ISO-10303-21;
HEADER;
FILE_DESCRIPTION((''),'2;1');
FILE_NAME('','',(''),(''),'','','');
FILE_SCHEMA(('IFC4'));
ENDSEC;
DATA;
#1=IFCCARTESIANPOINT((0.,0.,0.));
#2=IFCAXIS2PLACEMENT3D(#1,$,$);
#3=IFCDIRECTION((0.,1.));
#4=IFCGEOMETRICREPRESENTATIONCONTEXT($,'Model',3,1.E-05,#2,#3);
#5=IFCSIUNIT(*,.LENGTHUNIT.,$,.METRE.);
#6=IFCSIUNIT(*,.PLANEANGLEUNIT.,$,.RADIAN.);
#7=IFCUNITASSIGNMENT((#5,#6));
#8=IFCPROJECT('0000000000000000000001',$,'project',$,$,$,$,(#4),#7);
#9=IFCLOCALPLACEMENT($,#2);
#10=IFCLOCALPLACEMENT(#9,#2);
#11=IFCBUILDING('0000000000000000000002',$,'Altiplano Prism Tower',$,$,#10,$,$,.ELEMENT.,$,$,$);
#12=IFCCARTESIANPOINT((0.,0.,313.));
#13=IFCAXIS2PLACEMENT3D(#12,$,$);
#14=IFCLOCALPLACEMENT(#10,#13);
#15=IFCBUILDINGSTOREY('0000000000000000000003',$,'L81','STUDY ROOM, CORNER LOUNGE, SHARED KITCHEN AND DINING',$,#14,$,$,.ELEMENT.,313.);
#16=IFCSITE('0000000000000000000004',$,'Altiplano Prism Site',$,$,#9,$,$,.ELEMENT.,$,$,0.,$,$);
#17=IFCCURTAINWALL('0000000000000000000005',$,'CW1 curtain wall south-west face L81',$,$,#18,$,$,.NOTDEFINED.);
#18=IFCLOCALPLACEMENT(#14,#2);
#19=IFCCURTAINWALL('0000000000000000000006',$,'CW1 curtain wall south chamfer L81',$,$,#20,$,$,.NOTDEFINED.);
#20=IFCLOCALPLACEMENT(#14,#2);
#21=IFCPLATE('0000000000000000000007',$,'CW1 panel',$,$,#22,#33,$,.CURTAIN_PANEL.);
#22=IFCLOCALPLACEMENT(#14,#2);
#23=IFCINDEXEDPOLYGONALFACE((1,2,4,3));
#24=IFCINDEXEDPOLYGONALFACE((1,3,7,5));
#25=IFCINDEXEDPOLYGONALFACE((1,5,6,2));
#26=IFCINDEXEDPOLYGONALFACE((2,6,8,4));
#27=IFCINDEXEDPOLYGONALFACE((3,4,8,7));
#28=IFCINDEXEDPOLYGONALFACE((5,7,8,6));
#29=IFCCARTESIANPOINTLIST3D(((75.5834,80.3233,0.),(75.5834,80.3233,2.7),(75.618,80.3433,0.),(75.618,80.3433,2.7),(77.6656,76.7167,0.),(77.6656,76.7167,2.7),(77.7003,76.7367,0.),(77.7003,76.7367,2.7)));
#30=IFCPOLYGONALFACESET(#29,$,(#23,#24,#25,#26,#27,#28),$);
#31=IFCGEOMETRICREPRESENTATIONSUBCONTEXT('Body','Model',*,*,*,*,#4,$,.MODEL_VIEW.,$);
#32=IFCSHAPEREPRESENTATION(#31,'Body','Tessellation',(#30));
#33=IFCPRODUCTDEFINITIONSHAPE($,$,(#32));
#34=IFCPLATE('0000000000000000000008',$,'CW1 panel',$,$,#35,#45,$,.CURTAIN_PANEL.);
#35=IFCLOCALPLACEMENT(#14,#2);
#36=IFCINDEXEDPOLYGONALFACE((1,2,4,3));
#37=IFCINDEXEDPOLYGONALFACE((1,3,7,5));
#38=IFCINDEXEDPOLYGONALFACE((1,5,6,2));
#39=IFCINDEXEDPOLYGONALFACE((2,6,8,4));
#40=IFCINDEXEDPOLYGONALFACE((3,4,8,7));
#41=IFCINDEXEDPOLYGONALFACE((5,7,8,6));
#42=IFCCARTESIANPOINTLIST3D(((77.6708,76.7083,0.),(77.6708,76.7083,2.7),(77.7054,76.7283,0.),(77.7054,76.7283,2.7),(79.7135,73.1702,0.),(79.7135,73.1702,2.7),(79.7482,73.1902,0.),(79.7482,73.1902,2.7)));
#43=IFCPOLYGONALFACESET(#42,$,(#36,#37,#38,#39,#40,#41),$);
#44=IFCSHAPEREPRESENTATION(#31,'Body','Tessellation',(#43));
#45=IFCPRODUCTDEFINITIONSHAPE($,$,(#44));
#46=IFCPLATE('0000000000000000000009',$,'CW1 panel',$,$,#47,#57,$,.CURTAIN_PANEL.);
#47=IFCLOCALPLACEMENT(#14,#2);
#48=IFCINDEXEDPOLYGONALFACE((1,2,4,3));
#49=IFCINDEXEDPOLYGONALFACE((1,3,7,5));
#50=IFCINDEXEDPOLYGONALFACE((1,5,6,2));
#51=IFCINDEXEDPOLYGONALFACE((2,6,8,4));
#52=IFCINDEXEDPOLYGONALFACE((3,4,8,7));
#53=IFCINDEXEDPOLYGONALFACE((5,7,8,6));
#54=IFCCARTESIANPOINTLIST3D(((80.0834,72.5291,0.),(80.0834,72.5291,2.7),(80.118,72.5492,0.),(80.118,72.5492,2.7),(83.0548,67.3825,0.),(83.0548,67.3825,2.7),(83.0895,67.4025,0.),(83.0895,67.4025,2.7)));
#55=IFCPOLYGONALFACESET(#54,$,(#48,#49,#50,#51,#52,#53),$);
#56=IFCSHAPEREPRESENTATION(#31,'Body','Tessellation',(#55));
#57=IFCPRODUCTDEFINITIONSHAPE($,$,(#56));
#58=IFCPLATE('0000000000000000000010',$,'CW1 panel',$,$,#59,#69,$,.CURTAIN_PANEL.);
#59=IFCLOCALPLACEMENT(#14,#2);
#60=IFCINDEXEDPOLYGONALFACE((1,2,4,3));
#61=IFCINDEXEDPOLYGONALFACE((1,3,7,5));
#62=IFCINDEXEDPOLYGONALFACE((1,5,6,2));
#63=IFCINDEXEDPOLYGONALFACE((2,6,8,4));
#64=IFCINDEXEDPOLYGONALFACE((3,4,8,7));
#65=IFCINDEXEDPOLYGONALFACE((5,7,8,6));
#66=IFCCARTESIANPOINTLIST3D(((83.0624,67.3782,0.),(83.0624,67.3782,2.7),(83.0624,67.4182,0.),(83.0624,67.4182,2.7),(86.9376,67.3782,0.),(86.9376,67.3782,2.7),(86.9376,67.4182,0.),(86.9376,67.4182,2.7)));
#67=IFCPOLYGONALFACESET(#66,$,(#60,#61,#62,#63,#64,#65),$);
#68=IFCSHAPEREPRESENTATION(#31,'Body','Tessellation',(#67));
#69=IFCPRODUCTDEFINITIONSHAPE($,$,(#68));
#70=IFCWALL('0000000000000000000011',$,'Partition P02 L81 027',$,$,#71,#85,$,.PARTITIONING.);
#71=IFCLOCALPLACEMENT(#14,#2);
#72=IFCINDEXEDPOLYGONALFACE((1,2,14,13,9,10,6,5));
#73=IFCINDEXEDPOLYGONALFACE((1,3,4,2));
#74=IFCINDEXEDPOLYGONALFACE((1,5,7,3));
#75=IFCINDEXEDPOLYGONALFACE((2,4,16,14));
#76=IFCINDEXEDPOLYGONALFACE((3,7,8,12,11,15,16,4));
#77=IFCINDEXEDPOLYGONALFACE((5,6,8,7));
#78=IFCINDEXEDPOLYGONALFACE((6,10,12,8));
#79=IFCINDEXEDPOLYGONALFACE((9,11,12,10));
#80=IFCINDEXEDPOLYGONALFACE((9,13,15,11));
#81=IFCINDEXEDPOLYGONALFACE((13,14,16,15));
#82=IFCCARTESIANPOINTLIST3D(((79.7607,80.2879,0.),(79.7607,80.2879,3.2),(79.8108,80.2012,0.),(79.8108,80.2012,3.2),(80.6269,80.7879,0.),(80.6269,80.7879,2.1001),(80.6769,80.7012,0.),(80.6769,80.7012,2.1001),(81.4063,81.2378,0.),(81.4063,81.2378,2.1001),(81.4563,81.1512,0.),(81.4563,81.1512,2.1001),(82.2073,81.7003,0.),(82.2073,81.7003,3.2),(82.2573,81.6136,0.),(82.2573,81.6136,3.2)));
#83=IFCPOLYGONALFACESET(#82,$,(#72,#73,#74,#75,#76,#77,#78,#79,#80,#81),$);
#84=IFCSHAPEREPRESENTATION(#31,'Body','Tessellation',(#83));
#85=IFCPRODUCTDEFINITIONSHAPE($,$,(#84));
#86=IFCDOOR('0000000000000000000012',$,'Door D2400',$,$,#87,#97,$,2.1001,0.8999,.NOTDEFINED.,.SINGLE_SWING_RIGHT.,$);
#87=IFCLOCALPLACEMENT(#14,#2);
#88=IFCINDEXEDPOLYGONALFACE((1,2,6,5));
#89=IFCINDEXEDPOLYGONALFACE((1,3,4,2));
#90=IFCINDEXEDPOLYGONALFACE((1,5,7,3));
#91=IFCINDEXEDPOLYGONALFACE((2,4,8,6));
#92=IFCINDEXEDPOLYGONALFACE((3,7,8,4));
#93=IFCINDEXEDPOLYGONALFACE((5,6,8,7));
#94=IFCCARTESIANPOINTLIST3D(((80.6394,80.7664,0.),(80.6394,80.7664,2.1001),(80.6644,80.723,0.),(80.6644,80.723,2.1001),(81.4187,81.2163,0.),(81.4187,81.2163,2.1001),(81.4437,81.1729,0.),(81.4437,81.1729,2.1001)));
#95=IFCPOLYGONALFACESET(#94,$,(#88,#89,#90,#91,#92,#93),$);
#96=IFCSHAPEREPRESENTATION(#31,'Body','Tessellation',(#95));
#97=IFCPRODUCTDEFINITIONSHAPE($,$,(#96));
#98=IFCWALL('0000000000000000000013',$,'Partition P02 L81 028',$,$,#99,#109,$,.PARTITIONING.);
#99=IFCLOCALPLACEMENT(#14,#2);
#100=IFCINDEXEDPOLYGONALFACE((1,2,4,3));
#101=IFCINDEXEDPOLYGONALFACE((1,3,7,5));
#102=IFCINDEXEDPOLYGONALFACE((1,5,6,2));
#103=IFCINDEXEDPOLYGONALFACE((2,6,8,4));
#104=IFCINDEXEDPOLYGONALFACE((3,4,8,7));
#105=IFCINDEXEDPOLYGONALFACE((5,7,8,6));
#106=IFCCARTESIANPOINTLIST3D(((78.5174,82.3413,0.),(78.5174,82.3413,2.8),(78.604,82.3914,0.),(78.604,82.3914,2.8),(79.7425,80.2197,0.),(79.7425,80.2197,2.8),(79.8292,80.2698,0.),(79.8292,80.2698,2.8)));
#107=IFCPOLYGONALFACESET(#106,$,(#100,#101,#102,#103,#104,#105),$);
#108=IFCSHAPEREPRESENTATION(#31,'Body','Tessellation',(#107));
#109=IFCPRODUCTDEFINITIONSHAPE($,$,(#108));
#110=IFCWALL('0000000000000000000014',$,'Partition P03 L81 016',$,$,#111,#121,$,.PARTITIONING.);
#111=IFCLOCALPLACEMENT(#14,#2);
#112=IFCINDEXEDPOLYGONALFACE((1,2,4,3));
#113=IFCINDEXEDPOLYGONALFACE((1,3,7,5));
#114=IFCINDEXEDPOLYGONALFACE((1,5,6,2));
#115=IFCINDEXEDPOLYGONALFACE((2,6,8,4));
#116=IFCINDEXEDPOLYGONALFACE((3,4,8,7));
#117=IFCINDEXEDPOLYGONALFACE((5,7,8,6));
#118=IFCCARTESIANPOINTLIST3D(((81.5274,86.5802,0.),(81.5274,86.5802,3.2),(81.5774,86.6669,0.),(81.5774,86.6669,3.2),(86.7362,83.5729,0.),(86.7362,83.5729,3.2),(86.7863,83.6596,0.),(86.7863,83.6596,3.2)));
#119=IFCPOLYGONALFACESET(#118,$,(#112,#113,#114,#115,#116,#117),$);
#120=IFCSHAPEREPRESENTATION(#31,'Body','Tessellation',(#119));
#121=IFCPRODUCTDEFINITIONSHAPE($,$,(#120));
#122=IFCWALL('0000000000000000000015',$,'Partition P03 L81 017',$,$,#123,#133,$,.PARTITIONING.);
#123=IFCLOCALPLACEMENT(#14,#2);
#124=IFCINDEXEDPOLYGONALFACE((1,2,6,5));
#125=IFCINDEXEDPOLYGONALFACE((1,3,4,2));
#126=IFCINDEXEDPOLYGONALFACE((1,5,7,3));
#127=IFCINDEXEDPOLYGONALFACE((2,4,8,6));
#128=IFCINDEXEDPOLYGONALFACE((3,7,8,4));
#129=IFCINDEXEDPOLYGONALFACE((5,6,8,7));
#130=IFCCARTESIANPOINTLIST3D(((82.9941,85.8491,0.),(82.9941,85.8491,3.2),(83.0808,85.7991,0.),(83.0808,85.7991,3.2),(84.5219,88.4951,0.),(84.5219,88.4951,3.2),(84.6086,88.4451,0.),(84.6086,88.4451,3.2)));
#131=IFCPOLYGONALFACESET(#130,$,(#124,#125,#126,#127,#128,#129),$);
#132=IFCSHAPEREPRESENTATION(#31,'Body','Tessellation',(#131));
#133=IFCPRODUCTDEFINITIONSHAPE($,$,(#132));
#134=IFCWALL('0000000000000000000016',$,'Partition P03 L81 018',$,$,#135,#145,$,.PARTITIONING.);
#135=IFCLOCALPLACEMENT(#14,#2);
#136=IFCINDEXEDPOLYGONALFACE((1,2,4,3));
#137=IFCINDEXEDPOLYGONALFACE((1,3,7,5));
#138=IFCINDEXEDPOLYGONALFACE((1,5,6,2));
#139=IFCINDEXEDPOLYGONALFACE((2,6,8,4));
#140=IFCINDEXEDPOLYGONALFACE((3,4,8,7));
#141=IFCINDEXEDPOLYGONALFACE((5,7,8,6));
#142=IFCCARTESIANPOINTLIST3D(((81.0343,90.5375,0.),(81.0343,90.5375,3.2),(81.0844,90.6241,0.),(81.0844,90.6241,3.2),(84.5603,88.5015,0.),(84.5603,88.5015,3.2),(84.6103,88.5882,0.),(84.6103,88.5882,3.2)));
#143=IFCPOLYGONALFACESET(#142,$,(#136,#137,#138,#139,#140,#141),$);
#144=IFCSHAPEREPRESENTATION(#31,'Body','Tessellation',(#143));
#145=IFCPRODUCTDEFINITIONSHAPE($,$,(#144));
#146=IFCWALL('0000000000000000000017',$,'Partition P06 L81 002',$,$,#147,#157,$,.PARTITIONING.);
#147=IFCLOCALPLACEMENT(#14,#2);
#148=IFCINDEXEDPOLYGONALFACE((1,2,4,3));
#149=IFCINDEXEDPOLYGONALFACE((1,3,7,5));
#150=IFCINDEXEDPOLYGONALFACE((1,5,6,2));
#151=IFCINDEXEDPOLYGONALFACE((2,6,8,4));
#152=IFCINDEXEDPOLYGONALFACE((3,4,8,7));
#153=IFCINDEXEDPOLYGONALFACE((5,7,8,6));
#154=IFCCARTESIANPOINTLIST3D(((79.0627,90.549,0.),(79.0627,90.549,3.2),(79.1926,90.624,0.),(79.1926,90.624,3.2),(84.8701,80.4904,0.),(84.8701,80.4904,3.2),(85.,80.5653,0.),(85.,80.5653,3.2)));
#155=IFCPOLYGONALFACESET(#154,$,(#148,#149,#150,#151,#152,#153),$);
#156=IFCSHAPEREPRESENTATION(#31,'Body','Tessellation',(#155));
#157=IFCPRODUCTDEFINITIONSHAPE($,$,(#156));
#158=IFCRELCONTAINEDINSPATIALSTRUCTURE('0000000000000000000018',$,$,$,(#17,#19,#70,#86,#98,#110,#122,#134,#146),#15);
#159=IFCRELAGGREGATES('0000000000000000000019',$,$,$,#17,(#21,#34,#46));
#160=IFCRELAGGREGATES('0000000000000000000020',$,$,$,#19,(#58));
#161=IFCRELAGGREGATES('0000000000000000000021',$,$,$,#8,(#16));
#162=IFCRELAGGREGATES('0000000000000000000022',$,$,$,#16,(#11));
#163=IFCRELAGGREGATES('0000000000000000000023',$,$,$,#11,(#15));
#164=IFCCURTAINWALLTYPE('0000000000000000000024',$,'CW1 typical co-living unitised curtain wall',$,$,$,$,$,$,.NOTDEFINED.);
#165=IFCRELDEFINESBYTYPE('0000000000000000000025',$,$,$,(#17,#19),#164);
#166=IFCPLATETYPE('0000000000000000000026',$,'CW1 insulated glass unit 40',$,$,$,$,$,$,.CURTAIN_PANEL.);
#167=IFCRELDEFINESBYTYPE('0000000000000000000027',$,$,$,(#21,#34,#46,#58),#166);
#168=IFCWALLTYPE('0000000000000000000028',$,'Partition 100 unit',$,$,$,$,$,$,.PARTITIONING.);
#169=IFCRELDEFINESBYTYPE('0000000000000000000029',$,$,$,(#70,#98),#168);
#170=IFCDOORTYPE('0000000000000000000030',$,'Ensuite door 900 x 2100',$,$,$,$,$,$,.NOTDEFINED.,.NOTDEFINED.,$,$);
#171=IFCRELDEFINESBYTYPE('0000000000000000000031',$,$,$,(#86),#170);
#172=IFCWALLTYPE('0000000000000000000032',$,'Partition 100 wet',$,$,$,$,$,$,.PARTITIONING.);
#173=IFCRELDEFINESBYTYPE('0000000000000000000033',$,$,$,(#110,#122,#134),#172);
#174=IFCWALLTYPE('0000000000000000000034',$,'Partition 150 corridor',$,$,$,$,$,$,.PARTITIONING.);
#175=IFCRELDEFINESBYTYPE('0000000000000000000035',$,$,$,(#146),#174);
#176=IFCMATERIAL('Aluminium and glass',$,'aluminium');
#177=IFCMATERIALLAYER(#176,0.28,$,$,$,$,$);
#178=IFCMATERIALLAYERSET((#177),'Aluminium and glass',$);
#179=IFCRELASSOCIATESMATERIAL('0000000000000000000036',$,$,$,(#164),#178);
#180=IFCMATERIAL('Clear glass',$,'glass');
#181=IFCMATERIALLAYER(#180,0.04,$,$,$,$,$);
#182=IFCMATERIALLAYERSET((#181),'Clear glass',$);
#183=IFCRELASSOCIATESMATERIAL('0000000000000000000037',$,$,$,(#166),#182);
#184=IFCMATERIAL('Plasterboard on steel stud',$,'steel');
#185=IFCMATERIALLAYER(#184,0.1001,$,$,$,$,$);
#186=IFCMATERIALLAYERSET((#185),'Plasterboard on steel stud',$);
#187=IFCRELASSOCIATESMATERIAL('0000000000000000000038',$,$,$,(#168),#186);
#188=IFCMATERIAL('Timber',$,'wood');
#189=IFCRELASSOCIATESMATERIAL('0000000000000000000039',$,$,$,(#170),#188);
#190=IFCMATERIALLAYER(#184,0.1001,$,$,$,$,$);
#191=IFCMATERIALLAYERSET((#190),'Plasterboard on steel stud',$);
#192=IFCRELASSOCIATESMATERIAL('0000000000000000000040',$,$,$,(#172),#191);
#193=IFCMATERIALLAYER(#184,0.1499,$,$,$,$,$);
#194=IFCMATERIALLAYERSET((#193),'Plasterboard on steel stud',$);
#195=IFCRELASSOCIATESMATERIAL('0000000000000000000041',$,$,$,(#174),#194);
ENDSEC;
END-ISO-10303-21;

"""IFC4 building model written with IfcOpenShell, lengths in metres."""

from ifc_helpers import new_model, si_unit, direction, frame, frame_2d, origin, origin_2d, place, context, subcontext, project, spatial, rectangle, extrude, material, layer, layer_set, type_object, element, fill, aggregate, save


model = new_model("IFC4")

# Units and contexts
model_context = context("Model", 3, precision=1e-05, world=origin(), true_north=direction((0.0, 1.0)))
body_context = subcontext(model_context, "Body", "Model", "MODEL_VIEW")
ifc_project = project(units=[si_unit("LENGTHUNIT", "METRE"), si_unit("PLANEANGLEUNIT", "RADIAN")], contexts=[model_context])

# Site, building, storey
site_placement = place(None, origin())
site = spatial("IfcSite", under=ifc_project, at=site_placement, Name="Altiplano Prism Site", CompositionType="ELEMENT", RefElevation=0.0)
building_placement = place(site_placement, origin())
building = spatial("IfcBuilding", under=site, at=building_placement, Name="Altiplano Prism Tower", CompositionType="ELEMENT")
storey_placement = place(building_placement, frame((0.0, 0.0, 313.0)))
storey = spatial("IfcBuildingStorey", under=building, at=storey_placement, Name="L81", Description="STUDY ROOM, CORNER LOUNGE, SHARED KITCHEN AND DINING", CompositionType="ELEMENT", Elevation=313.0)

# Curtain wall
ifc_material_1 = material(Name="Aluminium and glass", Category="aluminium")
ifc_layer_1 = layer(ifc_material_1, 0.28)
ifc_layer_set_1 = layer_set([ifc_layer_1], Name="Aluminium and glass")
curtain_wall_type = type_object("IfcCurtainWallType", Name="CW1 typical co-living unitised curtain wall", PredefinedType="NOTDEFINED", material=ifc_layer_set_1)
curtain_wall_1_placement = place(storey_placement, origin())
curtain_wall_1 = element("IfcCurtainWall", 1, at=curtain_wall_1_placement, inside=storey, type_object=curtain_wall_type, Name="CW1 curtain wall south-west face L81", PredefinedType="NOTDEFINED")

# Curtain wall
curtain_wall_2_placement = place(storey_placement, origin())
curtain_wall_2 = element("IfcCurtainWall", 2, at=curtain_wall_2_placement, inside=storey, type_object=curtain_wall_type, Name="CW1 curtain wall south chamfer L81", PredefinedType="NOTDEFINED")

# Plates
ifc_material_2 = material(Name="Clear glass", Category="glass")
ifc_layer_2 = layer(ifc_material_2, 0.04)
ifc_layer_set_2 = layer_set([ifc_layer_2], Name="Clear glass")
plate_type = type_object("IfcPlateType", Name="CW1 insulated glass unit 40", PredefinedType="CURTAIN_PANEL", material=ifc_layer_set_2)
plate_1_placement = place(storey_placement, frame((76.6418, 78.53, 0.0), z_axis=(0.0, 0.0, 1.0), x_axis=(0.5, -0.866025, 0.0)))
plate_1 = element("IfcPlate", 3, at=plate_1_placement, type_object=plate_type, Name="CW1 panel", PredefinedType="CURTAIN_PANEL", context=body_context, shape_type="SweptSolid", body=[
    extrude(rectangle(XDim=4.1646, YDim=0.04, at=origin_2d()), origin(), (0.0, 0.0, 1.0), 2.7),
])
plate_2_placement = place(storey_placement, frame((78.7095, 74.9492, 0.0), z_axis=(0.0, 0.0, 1.0), x_axis=(0.5, -0.866025, 0.0)))
plate_2 = element("IfcPlate", 4, at=plate_2_placement, type_object=plate_type, Name="CW1 panel", PredefinedType="CURTAIN_PANEL", context=body_context, shape_type="SweptSolid", body=[
    extrude(rectangle(XDim=4.0854, YDim=0.04, at=origin_2d()), origin(), (0.0, 0.0, 1.0), 2.7),
])
plate_3_placement = place(storey_placement, frame((81.5864, 69.9658, 0.0), z_axis=(0.0, 0.0, 1.0), x_axis=(0.5, -0.866025, 0.0)))
plate_3 = element("IfcPlate", 5, at=plate_3_placement, type_object=plate_type, Name="CW1 panel", PredefinedType="CURTAIN_PANEL", context=body_context, shape_type="SweptSolid", body=[
    extrude(rectangle(XDim=5.9429, YDim=0.04, at=origin_2d()), origin(), (0.0, 0.0, 1.0), 2.7),
])
aggregate(curtain_wall_1, [plate_1, plate_2, plate_3])
plate_4_placement = place(storey_placement, frame((85.0, 67.3982, 0.0), z_axis=(0.0, 0.0, 1.0), x_axis=(1.0, 0.0, 0.0)))
plate_4 = element("IfcPlate", 6, at=plate_4_placement, type_object=plate_type, Name="CW1 panel", PredefinedType="CURTAIN_PANEL", context=body_context, shape_type="SweptSolid", body=[
    extrude(rectangle(XDim=3.8752, YDim=0.04, at=origin_2d()), origin(), (0.0, 0.0, 1.0), 2.7),
])
aggregate(curtain_wall_2, [plate_4])

# Wall, opening, door
ifc_material_3 = material(Name="Plasterboard on steel stud", Category="steel")
ifc_layer_3 = layer(ifc_material_3, 0.1001)
ifc_layer_set_3 = layer_set([ifc_layer_3], Name="Plasterboard on steel stud")
wall_type_1 = type_object("IfcWallType", Name="Partition 100 unit", PredefinedType="PARTITIONING", material=ifc_layer_set_3)
wall_1_placement = place(storey_placement, frame((82.2324, 81.657, 0.0), z_axis=(0.0, 0.0, 1.0), x_axis=(-0.866049, -0.499959, 0.0)))
wall_1 = element("IfcWall", 7, at=wall_1_placement, inside=storey, type_object=wall_type_1, Name="Partition P02 L81 027", PredefinedType="PARTITIONING", context=body_context, shape_type="SweptSolid", body=[
    extrude(rectangle(XDim=2.825, YDim=0.1001, at=frame_2d((1.4126, 0.0))), origin(), (0.0, 0.0, 1.0), 3.2),
])
opening_1_placement = place(wall_1_placement, frame((0.925, 0.0, 0.0)))
opening_1 = element("IfcOpeningElement", 8, at=opening_1_placement, cuts=wall_1, PredefinedType="OPENING", context=body_context, shape_type="SweptSolid", body=[
    extrude(rectangle(XDim=0.8999, YDim=2.1001, at=frame_2d((0.45, 1.05))), frame((0.0, 0.0605, 0.0), z_axis=(0.0, -1.0, 0.0), x_axis=(1.0, 0.0, 0.0)), (0.0, 0.0, 1.0), 0.1211),
])
ifc_material_4 = material(Name="Timber", Category="wood")
door_type_1 = type_object("IfcDoorType", Name="Ensuite door 900 x 2100", OperationType="NOTDEFINED", PredefinedType="NOTDEFINED", material=ifc_material_4)
door_1_placement = place(opening_1_placement, origin())
door_1 = element("IfcDoor", 9, at=door_1_placement, inside=storey, type_object=door_type_1, Name="Door D2400", OperationType="SINGLE_SWING_RIGHT", OverallHeight=2.1001, OverallWidth=0.8999, PredefinedType="NOTDEFINED", context=body_context, shape_type="SweptSolid", body=[
    extrude(rectangle(XDim=0.8999, YDim=2.1001, at=frame_2d((0.45, 1.05))), frame((0.0, 0.0249, 0.0), z_axis=(0.0, -1.0, 0.0), x_axis=(1.0, 0.0, 0.0)), (0.0, 0.0, 1.0), 0.05),
])
fill(opening_1, door_1)

# Walls
wall_2_placement = place(storey_placement, frame((79.7859, 80.2446, 0.0), z_axis=(0.0, 0.0, 1.0), x_axis=(-0.500062, 0.86599, 0.0)))
element("IfcWall", 10, at=wall_2_placement, inside=storey, type_object=wall_type_1, Name="Partition P02 L81 028", PredefinedType="PARTITIONING", context=body_context, shape_type="SweptSolid", body=[
    extrude(rectangle(XDim=2.45, YDim=0.1001, at=frame_2d((1.2251, 0.0))), origin(), (0.0, 0.0, 1.0), 2.8),
])
ifc_layer_4 = layer(ifc_material_3, 0.1001)
ifc_layer_set_4 = layer_set([ifc_layer_4], Name="Plasterboard on steel stud")
wall_type_2 = type_object("IfcWallType", Name="Partition 100 wet", PredefinedType="PARTITIONING", material=ifc_layer_set_4)
wall_3_placement = place(storey_placement, frame((86.7612, 83.6162, 0.0), z_axis=(0.0, 0.0, 1.0), x_axis=(-0.866021, 0.500007, 0.0)))
element("IfcWall", 11, at=wall_3_placement, inside=storey, type_object=wall_type_2, Name="Partition P03 L81 016", PredefinedType="PARTITIONING", context=body_context, shape_type="SweptSolid", body=[
    extrude(rectangle(XDim=6.0146, YDim=0.1001, at=frame_2d((3.0073, 0.0))), origin(), (0.0, 0.0, 1.0), 3.2),
])
wall_4_placement = place(storey_placement, frame((83.0374, 85.824, 0.0), z_axis=(0.0, 0.0, 1.0), x_axis=(0.500041, 0.866002, 0.0)))
element("IfcWall", 12, at=wall_4_placement, inside=storey, type_object=wall_type_2, Name="Partition P03 L81 017", PredefinedType="PARTITIONING", context=body_context, shape_type="SweptSolid", body=[
    extrude(rectangle(XDim=3.0554, YDim=0.1001, at=frame_2d((1.5278, 0.0))), origin(), (0.0, 0.0, 1.0), 3.2),
])
wall_5_placement = place(storey_placement, frame((84.5852, 88.5449, 0.0), z_axis=(0.0, 0.0, 1.0), x_axis=(-0.866002, 0.500041, 0.0)))
element("IfcWall", 13, at=wall_5_placement, inside=storey, type_object=wall_type_2, Name="Partition P03 L81 018", PredefinedType="PARTITIONING", context=body_context, shape_type="SweptSolid", body=[
    extrude(rectangle(XDim=4.0715, YDim=0.1001, at=frame_2d((2.0356, 0.0))), origin(), (0.0, 0.0, 1.0), 3.2),
])
ifc_layer_5 = layer(ifc_material_3, 0.1499)
ifc_layer_set_5 = layer_set([ifc_layer_5], Name="Plasterboard on steel stud")
wall_type_3 = type_object("IfcWallType", Name="Partition 150 corridor", PredefinedType="PARTITIONING", material=ifc_layer_set_5)
wall_6_placement = place(storey_placement, frame((84.9351, 80.5278, 0.0), z_axis=(0.0, 0.0, 1.0), x_axis=(-0.500003, 0.866024, 0.0)))
element("IfcWall", 14, at=wall_6_placement, inside=storey, type_object=wall_type_3, Name="Partition P06 L81 002", PredefinedType="PARTITIONING", context=body_context, shape_type="SweptSolid", body=[
    extrude(rectangle(XDim=11.6147, YDim=0.1499, at=frame_2d((5.8074, 0.0))), origin(), (0.0, 0.0, 1.0), 3.2),
])

save(model, "model.ifc")
